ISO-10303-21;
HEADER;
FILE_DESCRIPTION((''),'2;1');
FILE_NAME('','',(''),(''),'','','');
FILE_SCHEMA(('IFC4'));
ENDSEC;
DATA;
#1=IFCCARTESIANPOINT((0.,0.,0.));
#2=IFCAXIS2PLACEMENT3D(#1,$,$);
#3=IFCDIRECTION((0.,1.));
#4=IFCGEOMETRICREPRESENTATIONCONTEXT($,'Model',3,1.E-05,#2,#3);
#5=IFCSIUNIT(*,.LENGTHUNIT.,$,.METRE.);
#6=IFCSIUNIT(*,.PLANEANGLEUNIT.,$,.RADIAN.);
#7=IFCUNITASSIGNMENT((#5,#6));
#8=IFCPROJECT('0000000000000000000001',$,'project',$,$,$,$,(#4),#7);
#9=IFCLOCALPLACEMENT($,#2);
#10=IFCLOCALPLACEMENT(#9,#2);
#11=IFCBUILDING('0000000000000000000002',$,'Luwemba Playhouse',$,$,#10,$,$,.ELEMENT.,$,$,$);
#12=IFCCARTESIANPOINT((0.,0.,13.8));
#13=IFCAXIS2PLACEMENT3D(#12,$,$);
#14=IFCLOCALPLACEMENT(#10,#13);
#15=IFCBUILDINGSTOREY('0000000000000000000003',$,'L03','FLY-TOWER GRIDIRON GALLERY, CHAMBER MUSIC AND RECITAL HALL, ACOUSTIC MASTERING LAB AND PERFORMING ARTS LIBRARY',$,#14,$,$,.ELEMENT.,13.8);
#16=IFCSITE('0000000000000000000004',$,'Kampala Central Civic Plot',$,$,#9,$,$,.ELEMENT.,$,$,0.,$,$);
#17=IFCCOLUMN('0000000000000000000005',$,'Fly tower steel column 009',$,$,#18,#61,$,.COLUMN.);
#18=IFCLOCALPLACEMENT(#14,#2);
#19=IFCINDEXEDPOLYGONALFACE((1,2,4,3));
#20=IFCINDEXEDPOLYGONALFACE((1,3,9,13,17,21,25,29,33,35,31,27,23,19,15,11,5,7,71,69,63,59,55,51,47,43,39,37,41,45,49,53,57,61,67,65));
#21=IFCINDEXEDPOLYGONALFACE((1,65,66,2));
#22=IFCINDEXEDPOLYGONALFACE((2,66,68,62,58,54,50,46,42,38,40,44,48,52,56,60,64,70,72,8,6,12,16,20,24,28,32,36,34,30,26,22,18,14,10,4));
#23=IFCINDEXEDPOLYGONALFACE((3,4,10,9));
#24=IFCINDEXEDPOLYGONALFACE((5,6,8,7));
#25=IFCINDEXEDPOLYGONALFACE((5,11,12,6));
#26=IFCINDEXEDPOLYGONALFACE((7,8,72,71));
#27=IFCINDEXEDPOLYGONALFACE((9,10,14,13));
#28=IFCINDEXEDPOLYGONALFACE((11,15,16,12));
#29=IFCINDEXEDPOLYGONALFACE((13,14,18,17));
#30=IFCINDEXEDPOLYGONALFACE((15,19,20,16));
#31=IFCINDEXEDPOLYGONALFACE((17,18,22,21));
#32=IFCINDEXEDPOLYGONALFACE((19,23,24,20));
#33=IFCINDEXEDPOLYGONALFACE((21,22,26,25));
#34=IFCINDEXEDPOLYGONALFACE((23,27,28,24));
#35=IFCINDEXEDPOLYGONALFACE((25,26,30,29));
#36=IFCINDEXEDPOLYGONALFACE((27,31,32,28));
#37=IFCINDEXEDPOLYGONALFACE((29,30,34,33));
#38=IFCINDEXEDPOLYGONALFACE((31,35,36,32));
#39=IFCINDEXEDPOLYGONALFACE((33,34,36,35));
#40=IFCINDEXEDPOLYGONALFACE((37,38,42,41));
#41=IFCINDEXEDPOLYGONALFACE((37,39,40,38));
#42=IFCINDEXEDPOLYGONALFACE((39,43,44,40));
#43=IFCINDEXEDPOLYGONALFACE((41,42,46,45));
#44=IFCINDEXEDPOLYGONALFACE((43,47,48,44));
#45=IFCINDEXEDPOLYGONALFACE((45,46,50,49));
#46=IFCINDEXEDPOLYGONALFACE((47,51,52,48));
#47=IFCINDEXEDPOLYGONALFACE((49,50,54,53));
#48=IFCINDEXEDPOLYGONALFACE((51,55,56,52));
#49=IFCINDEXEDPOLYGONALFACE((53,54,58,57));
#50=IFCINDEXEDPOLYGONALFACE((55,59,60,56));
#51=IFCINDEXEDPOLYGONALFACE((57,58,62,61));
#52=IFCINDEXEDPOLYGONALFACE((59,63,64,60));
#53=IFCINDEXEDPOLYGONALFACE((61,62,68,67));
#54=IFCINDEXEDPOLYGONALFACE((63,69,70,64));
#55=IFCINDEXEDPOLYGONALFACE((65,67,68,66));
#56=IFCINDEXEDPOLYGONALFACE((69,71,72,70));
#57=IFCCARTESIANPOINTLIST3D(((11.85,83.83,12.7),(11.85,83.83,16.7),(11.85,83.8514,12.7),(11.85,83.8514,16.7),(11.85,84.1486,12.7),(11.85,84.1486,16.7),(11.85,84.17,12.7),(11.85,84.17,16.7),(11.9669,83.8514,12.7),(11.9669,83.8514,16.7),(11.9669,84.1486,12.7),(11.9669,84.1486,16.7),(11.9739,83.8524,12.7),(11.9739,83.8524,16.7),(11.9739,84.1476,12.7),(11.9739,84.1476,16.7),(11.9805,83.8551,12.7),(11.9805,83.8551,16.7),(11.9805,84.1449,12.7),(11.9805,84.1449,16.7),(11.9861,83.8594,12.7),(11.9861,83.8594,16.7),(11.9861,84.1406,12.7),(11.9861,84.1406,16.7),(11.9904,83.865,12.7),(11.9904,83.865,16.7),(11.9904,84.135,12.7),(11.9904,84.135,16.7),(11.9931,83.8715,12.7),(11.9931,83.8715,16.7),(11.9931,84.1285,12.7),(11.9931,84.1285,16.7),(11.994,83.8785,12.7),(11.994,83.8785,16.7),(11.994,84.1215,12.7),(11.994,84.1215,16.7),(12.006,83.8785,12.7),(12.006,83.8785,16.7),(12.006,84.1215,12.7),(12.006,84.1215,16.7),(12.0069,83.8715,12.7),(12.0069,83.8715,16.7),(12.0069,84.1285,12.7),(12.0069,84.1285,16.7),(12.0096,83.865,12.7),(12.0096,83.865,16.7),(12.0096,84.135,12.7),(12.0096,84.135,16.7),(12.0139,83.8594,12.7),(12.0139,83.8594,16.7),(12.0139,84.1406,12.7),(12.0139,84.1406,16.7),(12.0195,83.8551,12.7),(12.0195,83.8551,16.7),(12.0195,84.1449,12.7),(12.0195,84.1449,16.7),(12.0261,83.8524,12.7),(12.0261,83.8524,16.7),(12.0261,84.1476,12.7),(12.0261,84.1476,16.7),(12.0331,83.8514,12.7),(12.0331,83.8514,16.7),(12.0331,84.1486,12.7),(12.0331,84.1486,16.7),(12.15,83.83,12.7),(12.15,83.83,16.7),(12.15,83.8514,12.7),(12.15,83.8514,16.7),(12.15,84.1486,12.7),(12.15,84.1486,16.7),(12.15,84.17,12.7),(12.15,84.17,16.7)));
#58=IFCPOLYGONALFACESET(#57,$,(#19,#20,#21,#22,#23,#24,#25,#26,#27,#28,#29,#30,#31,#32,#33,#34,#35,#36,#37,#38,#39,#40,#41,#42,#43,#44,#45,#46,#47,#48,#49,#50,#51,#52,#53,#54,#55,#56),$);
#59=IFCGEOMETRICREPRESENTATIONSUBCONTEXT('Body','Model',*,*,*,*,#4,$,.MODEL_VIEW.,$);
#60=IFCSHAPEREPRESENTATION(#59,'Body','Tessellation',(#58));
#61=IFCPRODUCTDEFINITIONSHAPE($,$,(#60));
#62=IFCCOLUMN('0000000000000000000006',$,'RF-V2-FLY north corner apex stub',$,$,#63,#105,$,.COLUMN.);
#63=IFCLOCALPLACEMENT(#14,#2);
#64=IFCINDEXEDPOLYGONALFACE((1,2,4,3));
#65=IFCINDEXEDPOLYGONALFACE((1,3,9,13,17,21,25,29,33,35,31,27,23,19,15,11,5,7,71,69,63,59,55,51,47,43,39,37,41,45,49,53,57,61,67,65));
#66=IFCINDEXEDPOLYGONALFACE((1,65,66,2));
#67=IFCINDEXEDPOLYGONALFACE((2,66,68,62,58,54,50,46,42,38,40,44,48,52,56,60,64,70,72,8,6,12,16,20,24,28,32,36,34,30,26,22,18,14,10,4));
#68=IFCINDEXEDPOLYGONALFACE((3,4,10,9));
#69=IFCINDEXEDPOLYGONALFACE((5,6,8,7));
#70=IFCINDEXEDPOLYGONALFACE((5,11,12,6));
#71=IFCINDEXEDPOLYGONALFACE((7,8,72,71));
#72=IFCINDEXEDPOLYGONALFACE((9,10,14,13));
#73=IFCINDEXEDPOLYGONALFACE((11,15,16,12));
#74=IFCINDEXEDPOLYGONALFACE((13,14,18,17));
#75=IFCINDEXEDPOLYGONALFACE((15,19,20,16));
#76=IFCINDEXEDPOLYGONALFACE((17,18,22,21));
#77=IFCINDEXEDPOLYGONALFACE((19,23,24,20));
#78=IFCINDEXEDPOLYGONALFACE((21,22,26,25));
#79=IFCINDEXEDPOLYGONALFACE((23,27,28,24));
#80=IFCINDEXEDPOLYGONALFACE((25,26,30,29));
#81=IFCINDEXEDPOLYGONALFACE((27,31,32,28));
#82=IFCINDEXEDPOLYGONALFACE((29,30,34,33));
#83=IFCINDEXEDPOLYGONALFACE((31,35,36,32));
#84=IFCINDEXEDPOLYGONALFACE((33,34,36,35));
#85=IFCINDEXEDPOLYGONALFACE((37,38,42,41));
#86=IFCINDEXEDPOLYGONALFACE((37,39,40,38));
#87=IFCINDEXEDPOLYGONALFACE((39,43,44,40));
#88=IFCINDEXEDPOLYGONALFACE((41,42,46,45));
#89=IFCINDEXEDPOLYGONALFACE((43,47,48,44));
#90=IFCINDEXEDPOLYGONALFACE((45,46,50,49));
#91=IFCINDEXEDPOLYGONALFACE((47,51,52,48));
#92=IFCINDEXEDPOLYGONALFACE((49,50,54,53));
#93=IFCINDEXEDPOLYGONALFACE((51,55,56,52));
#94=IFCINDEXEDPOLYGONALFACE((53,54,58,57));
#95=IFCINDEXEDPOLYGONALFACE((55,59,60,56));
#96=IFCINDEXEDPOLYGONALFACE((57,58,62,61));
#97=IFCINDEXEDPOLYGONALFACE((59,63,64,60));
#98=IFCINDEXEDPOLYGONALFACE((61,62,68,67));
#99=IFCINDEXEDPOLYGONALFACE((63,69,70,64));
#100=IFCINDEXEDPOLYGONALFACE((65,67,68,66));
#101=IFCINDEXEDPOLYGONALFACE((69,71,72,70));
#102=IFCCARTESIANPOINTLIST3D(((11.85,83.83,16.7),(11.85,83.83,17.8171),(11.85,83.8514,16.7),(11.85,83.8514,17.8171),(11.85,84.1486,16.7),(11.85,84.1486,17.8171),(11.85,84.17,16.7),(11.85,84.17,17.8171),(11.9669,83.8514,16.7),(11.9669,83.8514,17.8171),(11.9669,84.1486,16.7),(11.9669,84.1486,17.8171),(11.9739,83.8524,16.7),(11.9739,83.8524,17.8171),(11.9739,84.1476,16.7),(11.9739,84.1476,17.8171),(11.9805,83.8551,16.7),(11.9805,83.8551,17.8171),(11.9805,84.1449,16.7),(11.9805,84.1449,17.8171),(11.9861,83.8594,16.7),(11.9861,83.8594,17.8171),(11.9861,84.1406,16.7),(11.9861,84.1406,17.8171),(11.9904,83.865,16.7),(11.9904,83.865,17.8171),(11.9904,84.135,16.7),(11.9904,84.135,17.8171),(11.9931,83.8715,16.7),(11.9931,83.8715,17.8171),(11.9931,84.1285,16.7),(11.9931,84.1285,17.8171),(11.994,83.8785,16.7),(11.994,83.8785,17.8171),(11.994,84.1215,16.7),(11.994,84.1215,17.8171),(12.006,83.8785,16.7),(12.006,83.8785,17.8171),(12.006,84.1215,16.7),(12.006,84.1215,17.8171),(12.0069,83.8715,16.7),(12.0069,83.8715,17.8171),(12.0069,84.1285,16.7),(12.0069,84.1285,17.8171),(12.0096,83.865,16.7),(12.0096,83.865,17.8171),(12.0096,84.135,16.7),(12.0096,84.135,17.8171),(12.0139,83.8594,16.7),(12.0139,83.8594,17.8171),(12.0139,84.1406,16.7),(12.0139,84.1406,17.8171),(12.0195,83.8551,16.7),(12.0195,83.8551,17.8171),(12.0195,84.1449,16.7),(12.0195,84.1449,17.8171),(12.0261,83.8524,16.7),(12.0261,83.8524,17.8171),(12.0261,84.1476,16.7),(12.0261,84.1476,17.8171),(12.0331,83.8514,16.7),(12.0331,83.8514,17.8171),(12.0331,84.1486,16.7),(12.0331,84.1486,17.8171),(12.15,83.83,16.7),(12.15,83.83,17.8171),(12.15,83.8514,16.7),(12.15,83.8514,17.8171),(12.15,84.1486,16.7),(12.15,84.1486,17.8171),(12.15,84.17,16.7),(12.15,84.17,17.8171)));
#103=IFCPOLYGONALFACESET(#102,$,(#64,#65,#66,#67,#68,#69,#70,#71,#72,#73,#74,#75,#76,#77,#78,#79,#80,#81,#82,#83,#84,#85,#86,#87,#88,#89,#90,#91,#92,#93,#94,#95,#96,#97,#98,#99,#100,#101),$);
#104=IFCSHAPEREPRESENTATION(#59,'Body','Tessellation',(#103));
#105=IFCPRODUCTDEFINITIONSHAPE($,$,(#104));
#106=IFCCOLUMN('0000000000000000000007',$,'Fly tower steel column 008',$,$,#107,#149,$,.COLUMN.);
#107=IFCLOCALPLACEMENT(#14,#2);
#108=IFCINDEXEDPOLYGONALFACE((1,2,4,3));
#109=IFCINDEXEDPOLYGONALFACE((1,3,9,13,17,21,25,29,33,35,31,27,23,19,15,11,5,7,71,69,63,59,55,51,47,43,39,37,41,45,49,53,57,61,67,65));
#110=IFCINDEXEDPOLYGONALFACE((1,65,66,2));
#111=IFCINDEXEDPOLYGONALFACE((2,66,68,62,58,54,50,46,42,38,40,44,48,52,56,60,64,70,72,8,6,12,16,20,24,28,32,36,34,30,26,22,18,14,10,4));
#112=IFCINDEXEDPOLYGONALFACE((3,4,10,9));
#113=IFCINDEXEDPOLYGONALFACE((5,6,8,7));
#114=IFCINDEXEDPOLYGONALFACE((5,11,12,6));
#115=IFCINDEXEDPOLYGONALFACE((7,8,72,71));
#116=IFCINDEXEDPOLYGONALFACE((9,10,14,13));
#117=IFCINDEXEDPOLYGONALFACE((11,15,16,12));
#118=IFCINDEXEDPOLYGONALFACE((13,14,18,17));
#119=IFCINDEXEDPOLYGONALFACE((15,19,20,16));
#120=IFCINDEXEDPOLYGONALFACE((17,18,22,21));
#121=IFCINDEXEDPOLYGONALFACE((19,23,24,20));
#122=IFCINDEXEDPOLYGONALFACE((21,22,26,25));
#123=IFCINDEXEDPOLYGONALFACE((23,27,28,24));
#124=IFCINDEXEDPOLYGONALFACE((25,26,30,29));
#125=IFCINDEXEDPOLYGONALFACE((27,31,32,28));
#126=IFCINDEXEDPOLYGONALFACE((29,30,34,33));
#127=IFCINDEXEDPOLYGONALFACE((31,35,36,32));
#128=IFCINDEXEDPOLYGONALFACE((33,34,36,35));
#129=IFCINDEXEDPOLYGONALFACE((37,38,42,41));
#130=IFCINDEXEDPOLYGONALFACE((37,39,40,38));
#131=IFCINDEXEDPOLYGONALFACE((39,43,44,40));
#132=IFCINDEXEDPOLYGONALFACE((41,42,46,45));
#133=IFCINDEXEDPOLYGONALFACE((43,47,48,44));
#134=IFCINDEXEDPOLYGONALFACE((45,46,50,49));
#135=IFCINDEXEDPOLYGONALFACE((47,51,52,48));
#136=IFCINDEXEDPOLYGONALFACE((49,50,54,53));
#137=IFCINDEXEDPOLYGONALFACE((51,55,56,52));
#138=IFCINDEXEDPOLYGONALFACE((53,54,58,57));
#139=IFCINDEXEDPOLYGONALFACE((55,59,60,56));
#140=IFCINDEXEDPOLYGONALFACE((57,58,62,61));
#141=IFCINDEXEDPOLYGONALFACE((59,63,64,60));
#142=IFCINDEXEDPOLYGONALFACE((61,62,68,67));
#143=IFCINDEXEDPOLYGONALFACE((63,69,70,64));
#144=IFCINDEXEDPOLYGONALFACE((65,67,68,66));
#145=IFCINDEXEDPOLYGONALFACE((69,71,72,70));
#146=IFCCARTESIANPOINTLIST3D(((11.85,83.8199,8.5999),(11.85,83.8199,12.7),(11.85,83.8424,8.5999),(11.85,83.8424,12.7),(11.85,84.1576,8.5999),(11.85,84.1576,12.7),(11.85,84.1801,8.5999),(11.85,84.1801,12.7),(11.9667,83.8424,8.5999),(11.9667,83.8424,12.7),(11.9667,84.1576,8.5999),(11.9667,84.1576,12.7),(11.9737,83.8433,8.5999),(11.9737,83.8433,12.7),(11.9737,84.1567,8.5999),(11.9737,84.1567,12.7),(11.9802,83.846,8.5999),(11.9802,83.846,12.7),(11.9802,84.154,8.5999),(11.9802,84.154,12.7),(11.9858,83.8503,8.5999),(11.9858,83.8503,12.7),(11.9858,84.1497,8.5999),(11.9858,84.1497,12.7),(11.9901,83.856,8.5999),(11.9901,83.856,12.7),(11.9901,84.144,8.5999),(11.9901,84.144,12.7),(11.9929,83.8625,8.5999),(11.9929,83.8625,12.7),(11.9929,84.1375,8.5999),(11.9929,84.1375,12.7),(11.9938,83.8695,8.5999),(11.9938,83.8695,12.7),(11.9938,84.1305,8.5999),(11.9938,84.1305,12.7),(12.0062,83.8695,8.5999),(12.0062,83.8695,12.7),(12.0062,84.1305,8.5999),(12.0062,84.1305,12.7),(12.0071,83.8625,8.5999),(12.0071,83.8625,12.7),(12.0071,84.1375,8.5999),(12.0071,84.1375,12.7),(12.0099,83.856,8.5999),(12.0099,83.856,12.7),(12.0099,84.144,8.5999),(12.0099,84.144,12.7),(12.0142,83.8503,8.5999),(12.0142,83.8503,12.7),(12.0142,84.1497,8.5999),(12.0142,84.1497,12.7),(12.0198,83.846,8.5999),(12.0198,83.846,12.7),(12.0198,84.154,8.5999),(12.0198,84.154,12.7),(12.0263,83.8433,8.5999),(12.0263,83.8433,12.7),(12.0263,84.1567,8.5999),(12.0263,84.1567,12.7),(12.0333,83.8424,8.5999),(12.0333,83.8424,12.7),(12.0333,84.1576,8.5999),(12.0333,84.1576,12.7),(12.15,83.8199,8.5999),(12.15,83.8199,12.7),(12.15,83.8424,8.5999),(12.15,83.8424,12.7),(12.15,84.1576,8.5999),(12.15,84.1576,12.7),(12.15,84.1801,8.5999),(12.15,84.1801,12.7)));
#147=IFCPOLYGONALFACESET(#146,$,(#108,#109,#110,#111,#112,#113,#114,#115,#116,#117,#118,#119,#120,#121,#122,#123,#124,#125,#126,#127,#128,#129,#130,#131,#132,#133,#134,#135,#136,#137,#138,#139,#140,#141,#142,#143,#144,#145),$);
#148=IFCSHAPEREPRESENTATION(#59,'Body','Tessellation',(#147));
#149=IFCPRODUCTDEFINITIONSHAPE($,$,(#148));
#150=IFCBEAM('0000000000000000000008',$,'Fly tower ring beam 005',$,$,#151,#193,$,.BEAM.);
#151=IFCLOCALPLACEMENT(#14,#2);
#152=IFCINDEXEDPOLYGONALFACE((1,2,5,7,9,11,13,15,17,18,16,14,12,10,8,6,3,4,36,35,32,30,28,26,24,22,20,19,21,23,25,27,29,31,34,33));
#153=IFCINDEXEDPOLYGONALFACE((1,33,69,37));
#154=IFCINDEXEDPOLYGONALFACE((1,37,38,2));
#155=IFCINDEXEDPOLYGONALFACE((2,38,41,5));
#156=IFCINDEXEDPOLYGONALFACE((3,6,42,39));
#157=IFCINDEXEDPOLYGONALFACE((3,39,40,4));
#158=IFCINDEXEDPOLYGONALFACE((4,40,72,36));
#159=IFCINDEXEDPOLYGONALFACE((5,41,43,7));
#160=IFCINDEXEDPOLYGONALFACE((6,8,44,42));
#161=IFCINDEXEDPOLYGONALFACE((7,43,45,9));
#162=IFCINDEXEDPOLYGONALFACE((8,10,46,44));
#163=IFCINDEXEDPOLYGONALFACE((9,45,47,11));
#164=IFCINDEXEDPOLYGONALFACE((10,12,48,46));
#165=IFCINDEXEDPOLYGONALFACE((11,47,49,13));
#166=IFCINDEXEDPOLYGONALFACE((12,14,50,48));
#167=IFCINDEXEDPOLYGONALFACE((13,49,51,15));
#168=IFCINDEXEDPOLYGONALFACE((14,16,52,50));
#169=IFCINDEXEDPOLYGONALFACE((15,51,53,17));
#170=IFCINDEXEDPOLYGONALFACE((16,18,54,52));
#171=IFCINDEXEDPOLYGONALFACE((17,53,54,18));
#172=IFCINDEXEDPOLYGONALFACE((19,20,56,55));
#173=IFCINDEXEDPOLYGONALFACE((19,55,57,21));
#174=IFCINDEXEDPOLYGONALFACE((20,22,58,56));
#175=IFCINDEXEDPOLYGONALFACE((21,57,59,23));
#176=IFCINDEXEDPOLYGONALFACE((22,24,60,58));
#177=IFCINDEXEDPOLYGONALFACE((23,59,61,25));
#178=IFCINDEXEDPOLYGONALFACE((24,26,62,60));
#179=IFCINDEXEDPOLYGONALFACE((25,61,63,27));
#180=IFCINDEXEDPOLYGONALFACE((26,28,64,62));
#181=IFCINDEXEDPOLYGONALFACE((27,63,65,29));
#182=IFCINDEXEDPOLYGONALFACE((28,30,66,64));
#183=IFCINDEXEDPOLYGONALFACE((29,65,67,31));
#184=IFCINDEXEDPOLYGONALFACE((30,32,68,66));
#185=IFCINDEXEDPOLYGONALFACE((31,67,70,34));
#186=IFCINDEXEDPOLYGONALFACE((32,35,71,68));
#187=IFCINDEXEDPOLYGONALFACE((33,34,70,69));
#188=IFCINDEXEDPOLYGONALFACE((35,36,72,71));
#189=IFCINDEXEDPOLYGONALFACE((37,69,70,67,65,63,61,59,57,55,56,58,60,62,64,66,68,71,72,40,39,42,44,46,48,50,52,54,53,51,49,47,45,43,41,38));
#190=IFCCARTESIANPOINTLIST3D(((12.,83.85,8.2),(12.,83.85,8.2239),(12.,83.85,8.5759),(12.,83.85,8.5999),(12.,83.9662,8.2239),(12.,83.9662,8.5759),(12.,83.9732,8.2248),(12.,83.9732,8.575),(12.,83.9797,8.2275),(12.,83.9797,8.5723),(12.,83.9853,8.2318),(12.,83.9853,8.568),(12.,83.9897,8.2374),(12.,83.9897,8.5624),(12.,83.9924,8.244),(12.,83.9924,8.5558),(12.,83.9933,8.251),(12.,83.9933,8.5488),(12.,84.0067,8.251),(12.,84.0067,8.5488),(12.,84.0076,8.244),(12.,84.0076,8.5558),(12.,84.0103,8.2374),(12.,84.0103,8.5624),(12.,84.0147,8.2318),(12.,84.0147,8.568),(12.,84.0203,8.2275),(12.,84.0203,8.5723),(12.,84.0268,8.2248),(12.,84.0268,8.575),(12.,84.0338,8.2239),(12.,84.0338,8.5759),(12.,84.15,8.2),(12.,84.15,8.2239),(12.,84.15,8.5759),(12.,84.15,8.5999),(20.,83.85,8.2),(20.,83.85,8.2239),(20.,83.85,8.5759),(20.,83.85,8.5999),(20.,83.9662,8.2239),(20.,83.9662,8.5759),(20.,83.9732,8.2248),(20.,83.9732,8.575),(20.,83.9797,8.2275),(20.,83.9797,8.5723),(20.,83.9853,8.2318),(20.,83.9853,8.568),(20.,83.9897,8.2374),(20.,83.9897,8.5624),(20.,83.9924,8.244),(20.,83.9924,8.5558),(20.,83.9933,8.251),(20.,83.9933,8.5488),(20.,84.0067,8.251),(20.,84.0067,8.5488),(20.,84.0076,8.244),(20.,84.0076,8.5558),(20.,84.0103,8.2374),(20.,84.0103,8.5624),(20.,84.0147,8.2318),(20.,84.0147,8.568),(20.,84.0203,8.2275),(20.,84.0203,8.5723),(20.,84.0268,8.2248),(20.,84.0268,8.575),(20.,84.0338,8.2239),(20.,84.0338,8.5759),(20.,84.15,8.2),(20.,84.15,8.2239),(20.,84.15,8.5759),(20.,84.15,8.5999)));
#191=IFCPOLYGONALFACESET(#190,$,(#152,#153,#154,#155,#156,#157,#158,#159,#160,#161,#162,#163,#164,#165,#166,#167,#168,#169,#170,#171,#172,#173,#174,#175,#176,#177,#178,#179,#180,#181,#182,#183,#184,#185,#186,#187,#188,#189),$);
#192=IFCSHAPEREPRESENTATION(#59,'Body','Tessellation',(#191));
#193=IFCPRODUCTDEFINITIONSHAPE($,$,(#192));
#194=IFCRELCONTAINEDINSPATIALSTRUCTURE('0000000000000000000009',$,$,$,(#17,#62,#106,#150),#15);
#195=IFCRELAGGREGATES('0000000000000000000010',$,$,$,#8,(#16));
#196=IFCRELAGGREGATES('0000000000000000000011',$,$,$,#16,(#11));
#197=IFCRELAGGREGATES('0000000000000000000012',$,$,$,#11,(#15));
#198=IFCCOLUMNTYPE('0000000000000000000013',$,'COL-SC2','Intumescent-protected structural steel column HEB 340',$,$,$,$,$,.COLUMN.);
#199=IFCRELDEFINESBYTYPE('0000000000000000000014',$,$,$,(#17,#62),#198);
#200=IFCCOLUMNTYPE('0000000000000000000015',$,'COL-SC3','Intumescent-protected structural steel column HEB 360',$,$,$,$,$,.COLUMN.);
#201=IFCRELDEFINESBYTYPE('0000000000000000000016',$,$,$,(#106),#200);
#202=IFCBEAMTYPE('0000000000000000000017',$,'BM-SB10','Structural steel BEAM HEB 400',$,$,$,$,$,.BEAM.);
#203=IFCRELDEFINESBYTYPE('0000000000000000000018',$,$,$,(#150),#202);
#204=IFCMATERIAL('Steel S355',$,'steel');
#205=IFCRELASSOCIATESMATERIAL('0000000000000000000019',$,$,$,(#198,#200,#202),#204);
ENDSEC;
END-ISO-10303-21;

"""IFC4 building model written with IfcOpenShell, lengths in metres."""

from ifc_helpers import new_model, si_unit, direction, frame, origin, origin_2d, place, context, subcontext, project, spatial, i_section, extrude, material, material_profile, profile_set, type_object, element, save


model = new_model("IFC4")

# Units and contexts
model_context = context("Model", 3, precision=1e-05, world=origin(), true_north=direction((0.0, 1.0)))
body_context = subcontext(model_context, "Body", "Model", "MODEL_VIEW")
ifc_project = project(units=[si_unit("LENGTHUNIT", "METRE"), si_unit("PLANEANGLEUNIT", "RADIAN")], contexts=[model_context])

# Site, building, storey
site_placement = place(None, origin())
site = spatial("IfcSite", under=ifc_project, at=site_placement, Name="Kampala Central Civic Plot", CompositionType="ELEMENT", RefElevation=0.0)
building_placement = place(site_placement, origin())
building = spatial("IfcBuilding", under=site, at=building_placement, Name="Luwemba Playhouse", CompositionType="ELEMENT")
storey_placement = place(building_placement, frame((0.0, 0.0, 13.8)))
storey = spatial("IfcBuildingStorey", under=building, at=storey_placement, Name="L03", Description="FLY-TOWER GRIDIRON GALLERY, CHAMBER MUSIC AND RECITAL HALL, ACOUSTIC MASTERING LAB AND PERFORMING ARTS LIBRARY", CompositionType="ELEMENT", Elevation=13.8)

# Columns
ifc_material_1 = material(Name="Steel S355", Category="steel")
ifc_material_profile_1 = material_profile(ifc_material_1, i_section(OverallWidth=0.3, OverallDepth=0.3401, WebThickness=0.012, FlangeThickness=0.0215, FilletRadius=0.0271, at=origin_2d()))
ifc_profile_set_1 = profile_set([ifc_material_profile_1], Name="Steel S355")
column_type_1 = type_object("IfcColumnType", Name="COL-SC2", Description="Intumescent-protected structural steel column HEB 340", PredefinedType="COLUMN", material=ifc_profile_set_1)
column_1_placement = place(storey_placement, frame((12.0, 84.0, 12.7), z_axis=(0.0, 0.0, 1.0), x_axis=(1.0, 0.0, 0.0)))
element("IfcColumn", 1, at=column_1_placement, inside=storey, type_object=column_type_1, Name="Fly tower steel column 009", PredefinedType="COLUMN", context=body_context, shape_type="SweptSolid", body=[
    extrude(i_section(OverallWidth=0.3, OverallDepth=0.3401, WebThickness=0.012, FlangeThickness=0.0215, FilletRadius=0.0271, at=origin_2d()), origin(), (0.0, 0.0, 1.0), 4.0),
])
column_2_placement = place(storey_placement, frame((12.0, 84.0, 16.7), z_axis=(0.0, 0.0, 1.0), x_axis=(1.0, 0.0, 0.0)))
element("IfcColumn", 2, at=column_2_placement, inside=storey, type_object=column_type_1, Name="RF-V2-FLY north corner apex stub", PredefinedType="COLUMN", context=body_context, shape_type="SweptSolid", body=[
    extrude(i_section(OverallWidth=0.3, OverallDepth=0.3401, WebThickness=0.012, FlangeThickness=0.0215, FilletRadius=0.0271, at=origin_2d()), origin(), (0.0, 0.0, 1.0), 1.1172),
])
ifc_material_profile_2 = material_profile(ifc_material_1, i_section(OverallWidth=0.3, OverallDepth=0.3601, WebThickness=0.0125, FlangeThickness=0.0225, FilletRadius=0.0271, at=origin_2d()))
ifc_profile_set_2 = profile_set([ifc_material_profile_2], Name="Steel S355")
column_type_2 = type_object("IfcColumnType", Name="COL-SC3", Description="Intumescent-protected structural steel column HEB 360", PredefinedType="COLUMN", material=ifc_profile_set_2)
column_3_placement = place(storey_placement, frame((12.0, 84.0, 8.5999), z_axis=(0.0, 0.0, 1.0), x_axis=(1.0, 0.0, 0.0)))
element("IfcColumn", 3, at=column_3_placement, inside=storey, type_object=column_type_2, Name="Fly tower steel column 008", PredefinedType="COLUMN", context=body_context, shape_type="SweptSolid", body=[
    extrude(i_section(OverallWidth=0.3, OverallDepth=0.3601, WebThickness=0.0125, FlangeThickness=0.0225, FilletRadius=0.0271, at=origin_2d()), origin(), (0.0, 0.0, 1.0), 4.1001),
])

# Beam
ifc_material_profile_3 = material_profile(ifc_material_1, i_section(OverallWidth=0.3, OverallDepth=0.3999, WebThickness=0.0134, FlangeThickness=0.0239, FilletRadius=0.0271, at=origin_2d()))
ifc_profile_set_3 = profile_set([ifc_material_profile_3], Name="Steel S355")
beam_type = type_object("IfcBeamType", Name="BM-SB10", Description="Structural steel BEAM HEB 400", PredefinedType="BEAM", material=ifc_profile_set_3)
for number, where, z_axis, x_axis, name in (
    (4, (12.0, 84.0, 8.3999), (1.0, 0.0, 0.0), (0.0, 1.0, 0.0), "Fly tower ring beam 005"),
):
    element("IfcBeam", number, at=place(storey_placement, frame(where, z_axis=z_axis, x_axis=x_axis)), inside=storey, type_object=beam_type, Name=name, PredefinedType="BEAM", context=body_context, shape_type="SweptSolid", body=[
        extrude(i_section(OverallWidth=0.3, OverallDepth=0.3999, WebThickness=0.0134, FlangeThickness=0.0239, FilletRadius=0.0271, at=origin_2d()), origin(), (0.0, 0.0, 1.0), 8.0),
    ])

save(model, "model.ifc")
